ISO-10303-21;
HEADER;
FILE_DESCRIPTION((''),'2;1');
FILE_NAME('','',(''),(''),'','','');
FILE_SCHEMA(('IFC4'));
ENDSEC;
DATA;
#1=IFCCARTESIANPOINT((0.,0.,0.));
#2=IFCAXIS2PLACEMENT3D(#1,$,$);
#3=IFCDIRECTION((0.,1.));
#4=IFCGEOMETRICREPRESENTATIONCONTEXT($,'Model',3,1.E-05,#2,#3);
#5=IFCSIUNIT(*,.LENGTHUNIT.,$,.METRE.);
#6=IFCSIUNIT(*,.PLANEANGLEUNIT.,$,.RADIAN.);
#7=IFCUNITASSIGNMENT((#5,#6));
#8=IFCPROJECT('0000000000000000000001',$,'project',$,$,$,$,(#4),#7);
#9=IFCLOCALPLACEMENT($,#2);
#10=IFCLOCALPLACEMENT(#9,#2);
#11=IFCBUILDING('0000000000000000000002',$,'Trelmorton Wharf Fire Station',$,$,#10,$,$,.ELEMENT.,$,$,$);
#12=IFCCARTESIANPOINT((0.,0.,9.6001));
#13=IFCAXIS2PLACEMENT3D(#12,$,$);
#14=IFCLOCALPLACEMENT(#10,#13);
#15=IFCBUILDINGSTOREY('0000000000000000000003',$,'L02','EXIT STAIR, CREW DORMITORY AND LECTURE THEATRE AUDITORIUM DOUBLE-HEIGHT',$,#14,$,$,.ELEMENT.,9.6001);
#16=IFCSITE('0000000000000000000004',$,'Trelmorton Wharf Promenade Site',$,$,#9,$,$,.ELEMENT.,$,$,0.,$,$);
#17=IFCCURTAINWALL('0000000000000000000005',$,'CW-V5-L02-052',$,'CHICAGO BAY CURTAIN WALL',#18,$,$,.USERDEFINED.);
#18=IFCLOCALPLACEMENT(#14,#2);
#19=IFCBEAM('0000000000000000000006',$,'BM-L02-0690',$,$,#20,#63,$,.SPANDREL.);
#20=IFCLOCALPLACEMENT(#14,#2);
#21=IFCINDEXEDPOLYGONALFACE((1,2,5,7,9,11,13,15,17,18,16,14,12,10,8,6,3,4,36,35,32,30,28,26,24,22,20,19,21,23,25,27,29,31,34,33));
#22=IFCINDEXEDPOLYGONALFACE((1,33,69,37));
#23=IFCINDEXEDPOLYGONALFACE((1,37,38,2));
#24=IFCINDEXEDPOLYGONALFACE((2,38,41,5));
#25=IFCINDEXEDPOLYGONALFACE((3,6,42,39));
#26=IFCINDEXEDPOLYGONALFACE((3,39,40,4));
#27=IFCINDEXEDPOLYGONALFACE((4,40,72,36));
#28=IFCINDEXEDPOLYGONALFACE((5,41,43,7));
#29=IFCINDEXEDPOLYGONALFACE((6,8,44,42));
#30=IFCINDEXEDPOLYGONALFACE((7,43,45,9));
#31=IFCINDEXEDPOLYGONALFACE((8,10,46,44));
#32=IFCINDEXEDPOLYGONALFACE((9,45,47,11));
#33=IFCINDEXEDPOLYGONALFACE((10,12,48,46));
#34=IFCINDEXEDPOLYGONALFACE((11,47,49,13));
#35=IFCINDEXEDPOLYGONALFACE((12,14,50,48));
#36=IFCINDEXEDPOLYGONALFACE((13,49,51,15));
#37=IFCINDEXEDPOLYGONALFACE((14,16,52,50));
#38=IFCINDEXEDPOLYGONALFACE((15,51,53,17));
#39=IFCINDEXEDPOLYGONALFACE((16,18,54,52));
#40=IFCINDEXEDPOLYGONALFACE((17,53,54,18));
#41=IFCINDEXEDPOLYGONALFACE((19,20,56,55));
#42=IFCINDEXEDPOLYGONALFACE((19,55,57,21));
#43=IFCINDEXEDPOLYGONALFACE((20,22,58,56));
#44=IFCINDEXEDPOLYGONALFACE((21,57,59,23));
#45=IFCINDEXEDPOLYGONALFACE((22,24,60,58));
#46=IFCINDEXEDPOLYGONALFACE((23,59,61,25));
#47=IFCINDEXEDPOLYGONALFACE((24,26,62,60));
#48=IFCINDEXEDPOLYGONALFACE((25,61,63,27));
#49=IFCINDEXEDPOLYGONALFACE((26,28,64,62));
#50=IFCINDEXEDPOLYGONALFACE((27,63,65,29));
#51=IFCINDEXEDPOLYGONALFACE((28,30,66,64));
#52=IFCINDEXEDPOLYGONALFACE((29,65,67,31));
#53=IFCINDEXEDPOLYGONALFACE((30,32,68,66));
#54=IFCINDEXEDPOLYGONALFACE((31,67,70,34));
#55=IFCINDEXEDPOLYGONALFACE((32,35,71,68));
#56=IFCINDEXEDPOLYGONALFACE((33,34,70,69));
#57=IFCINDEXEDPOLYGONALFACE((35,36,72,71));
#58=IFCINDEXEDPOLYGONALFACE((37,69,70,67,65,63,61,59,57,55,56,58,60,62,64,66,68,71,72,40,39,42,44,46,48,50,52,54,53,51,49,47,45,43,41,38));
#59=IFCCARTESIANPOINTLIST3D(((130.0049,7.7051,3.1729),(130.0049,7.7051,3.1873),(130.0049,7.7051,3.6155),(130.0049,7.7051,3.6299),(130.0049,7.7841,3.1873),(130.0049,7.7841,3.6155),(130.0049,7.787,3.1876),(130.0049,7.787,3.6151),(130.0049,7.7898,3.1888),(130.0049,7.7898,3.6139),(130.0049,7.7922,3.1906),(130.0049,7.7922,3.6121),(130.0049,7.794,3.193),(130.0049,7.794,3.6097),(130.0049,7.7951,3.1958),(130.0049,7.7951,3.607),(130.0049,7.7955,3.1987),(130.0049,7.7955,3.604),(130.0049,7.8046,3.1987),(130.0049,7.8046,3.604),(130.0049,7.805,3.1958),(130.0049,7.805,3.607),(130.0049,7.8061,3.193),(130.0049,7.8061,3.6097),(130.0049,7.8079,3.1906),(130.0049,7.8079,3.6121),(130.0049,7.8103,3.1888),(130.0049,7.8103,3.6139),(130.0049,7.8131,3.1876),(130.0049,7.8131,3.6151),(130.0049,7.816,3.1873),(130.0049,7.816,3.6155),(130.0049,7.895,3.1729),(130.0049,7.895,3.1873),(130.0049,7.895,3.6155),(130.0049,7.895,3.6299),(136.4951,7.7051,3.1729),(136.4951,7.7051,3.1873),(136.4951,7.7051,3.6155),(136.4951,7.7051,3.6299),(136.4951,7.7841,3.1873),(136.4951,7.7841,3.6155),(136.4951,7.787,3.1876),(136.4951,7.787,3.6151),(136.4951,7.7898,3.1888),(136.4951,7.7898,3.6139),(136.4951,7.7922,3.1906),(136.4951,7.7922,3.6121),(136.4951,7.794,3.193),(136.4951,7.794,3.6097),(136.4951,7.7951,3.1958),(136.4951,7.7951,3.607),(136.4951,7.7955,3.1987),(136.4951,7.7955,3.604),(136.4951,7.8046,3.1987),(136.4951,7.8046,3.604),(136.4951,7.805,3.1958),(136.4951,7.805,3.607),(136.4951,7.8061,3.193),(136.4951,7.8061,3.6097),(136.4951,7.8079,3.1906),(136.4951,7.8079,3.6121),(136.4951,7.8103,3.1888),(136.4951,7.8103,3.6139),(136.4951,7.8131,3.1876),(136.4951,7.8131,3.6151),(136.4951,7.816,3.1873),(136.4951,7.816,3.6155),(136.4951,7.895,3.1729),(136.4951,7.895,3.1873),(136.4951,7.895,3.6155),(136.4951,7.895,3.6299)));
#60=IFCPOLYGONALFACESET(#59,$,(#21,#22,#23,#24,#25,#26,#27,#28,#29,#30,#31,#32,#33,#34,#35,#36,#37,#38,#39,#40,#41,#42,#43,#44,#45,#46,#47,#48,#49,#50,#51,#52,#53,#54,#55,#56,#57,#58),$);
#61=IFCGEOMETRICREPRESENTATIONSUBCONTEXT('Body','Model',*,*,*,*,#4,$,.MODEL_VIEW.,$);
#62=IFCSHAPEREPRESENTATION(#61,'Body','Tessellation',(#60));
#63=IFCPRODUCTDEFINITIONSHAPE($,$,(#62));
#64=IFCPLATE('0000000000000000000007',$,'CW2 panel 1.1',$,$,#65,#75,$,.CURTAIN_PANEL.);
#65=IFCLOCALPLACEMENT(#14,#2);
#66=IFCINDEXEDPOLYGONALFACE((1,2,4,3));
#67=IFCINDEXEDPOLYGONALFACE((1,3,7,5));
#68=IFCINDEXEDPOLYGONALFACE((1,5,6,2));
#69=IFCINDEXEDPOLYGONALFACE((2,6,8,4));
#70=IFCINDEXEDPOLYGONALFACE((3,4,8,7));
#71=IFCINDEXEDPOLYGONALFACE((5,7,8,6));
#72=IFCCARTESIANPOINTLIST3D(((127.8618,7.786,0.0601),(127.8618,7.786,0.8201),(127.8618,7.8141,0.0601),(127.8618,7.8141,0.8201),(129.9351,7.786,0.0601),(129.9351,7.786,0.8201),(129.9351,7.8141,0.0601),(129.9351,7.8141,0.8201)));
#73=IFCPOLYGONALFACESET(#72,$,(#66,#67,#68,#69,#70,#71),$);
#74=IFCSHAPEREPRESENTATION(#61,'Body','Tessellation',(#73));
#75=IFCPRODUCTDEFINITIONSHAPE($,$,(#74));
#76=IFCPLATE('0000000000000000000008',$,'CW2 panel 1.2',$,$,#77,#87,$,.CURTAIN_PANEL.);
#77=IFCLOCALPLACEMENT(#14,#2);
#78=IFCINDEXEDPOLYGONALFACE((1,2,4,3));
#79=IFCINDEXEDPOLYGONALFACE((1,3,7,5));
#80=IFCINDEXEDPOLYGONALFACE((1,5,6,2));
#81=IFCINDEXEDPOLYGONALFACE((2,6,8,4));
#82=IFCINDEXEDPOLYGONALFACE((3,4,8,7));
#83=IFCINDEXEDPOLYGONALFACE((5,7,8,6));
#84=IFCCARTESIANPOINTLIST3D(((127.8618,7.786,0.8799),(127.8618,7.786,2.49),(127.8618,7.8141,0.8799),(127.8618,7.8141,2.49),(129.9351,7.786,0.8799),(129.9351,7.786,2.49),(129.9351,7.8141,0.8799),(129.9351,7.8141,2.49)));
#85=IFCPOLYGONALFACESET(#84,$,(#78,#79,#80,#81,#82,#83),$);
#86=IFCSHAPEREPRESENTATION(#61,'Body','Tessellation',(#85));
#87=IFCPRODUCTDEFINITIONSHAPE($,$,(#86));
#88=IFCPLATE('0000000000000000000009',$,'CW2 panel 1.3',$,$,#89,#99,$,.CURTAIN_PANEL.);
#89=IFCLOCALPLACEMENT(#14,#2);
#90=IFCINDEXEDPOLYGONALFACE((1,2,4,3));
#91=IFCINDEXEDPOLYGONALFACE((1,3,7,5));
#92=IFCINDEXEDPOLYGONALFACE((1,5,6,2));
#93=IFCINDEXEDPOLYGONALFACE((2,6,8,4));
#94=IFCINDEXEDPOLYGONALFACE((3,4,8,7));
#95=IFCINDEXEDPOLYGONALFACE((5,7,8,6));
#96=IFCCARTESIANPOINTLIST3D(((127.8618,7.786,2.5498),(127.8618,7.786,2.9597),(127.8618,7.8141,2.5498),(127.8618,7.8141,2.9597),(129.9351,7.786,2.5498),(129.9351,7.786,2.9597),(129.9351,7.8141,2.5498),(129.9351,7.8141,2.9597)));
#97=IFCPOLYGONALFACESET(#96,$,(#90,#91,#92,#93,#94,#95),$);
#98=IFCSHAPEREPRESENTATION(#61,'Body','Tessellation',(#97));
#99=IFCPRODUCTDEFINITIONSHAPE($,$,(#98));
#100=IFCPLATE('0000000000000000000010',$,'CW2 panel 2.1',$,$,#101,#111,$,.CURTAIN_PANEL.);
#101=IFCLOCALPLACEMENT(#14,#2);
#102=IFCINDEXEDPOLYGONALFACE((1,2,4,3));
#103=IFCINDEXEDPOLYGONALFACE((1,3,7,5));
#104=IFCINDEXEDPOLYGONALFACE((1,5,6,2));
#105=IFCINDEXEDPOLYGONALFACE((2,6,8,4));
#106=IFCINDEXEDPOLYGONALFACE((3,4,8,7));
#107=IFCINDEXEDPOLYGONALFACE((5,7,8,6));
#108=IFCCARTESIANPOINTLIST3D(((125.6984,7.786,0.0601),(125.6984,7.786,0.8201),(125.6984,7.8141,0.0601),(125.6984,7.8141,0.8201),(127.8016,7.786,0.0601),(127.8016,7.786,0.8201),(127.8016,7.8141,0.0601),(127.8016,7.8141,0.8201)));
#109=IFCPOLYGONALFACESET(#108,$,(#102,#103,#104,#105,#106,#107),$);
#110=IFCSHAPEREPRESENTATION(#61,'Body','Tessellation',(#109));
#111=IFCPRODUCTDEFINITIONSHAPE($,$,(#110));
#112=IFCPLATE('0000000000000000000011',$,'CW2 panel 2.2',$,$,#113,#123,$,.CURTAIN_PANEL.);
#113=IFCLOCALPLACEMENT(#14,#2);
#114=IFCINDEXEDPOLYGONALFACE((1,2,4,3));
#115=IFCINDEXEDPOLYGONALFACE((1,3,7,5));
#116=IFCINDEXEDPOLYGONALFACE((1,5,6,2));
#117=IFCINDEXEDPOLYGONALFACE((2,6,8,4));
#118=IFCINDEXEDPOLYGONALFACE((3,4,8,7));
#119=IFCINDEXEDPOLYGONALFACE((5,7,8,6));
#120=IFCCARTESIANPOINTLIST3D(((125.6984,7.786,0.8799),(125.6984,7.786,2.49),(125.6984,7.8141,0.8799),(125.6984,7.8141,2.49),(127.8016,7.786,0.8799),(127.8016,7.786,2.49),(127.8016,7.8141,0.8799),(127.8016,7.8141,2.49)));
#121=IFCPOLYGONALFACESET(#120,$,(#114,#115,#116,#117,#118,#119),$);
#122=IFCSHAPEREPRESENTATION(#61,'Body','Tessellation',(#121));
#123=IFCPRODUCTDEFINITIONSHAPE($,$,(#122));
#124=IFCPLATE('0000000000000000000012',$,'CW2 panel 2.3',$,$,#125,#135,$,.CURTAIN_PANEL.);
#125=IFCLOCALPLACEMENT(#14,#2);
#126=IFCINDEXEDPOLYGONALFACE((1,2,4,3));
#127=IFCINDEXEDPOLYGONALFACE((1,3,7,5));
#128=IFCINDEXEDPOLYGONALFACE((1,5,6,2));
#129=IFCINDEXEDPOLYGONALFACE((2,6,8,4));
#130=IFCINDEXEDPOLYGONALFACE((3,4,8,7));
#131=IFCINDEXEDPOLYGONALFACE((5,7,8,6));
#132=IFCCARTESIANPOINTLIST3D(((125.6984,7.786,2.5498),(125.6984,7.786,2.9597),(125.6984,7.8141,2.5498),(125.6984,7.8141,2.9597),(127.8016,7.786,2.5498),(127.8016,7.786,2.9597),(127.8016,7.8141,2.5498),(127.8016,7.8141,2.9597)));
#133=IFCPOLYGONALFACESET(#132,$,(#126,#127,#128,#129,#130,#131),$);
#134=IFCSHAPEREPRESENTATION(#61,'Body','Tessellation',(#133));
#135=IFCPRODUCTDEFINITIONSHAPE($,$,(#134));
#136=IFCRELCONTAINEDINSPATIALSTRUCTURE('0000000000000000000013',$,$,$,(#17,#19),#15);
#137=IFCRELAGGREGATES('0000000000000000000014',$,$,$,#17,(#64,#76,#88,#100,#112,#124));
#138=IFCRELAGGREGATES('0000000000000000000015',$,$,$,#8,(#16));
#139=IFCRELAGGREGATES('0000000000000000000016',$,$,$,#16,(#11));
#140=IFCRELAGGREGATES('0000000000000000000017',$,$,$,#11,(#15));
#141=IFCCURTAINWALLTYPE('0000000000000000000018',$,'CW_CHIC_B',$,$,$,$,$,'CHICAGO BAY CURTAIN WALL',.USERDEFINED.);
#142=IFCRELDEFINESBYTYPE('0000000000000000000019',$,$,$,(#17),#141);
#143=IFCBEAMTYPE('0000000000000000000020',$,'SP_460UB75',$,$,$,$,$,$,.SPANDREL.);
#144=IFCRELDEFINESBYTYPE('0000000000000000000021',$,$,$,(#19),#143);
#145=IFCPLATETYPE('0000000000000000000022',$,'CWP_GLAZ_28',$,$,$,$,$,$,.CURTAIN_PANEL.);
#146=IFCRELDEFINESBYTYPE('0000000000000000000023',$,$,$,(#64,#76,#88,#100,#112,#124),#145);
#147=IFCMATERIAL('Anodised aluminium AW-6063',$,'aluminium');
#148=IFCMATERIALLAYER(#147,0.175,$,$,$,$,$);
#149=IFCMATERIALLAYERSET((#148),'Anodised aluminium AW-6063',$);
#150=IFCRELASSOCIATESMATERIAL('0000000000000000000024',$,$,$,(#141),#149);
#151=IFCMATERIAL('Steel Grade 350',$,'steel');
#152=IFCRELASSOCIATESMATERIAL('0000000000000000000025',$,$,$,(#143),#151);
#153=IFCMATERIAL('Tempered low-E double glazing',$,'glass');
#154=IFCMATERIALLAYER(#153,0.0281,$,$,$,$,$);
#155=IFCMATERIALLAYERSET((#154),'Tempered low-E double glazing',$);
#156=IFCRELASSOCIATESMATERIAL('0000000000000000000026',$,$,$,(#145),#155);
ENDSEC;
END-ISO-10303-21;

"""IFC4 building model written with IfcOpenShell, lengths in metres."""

from ifc_helpers import new_model, si_unit, direction, frame, origin, origin_2d, place, context, subcontext, project, spatial, rectangle, i_section, extrude, material, layer, layer_set, material_profile, profile_set, type_object, element, aggregate, save


model = new_model("IFC4")

# Units and contexts
model_context = context("Model", 3, precision=1e-05, world=origin(), true_north=direction((0.0, 1.0)))
body_context = subcontext(model_context, "Body", "Model", "MODEL_VIEW")
ifc_project = project(units=[si_unit("LENGTHUNIT", "METRE"), si_unit("PLANEANGLEUNIT", "RADIAN")], contexts=[model_context])

# Site, building, storey
site_placement = place(None, origin())
site = spatial("IfcSite", under=ifc_project, at=site_placement, Name="Trelmorton Wharf Promenade Site", CompositionType="ELEMENT", RefElevation=0.0)
building_placement = place(site_placement, origin())
building = spatial("IfcBuilding", under=site, at=building_placement, Name="Trelmorton Wharf Fire Station", CompositionType="ELEMENT")
storey_placement = place(building_placement, frame((0.0, 0.0, 9.6001)))
storey = spatial("IfcBuildingStorey", under=building, at=storey_placement, Name="L02", Description="EXIT STAIR, CREW DORMITORY AND LECTURE THEATRE AUDITORIUM DOUBLE-HEIGHT", CompositionType="ELEMENT", Elevation=9.6001)

# Shared definitions
ifc_material_1 = material(Name="Steel Grade 350", Category="steel")

# Shared definitions
ifc_material_2 = material(Name="Anodised aluminium AW-6063", Category="aluminium")

# Curtain wall
ifc_layer_1 = layer(ifc_material_2, 0.175)
ifc_layer_set_1 = layer_set([ifc_layer_1], Name="Anodised aluminium AW-6063")
curtain_wall_type_1 = type_object("IfcCurtainWallType", Name="CW_CHIC_B", ElementType="CHICAGO BAY CURTAIN WALL", PredefinedType="USERDEFINED", material=ifc_layer_set_1)
curtain_wall_1_placement = place(storey_placement, origin())
curtain_wall_1 = element("IfcCurtainWall", 1, at=curtain_wall_1_placement, inside=storey, type_object=curtain_wall_type_1, Name="CW-V5-L02-052", ObjectType="CHICAGO BAY CURTAIN WALL", PredefinedType="USERDEFINED")

# Beam
ifc_material_profile_1 = material_profile(ifc_material_1, i_section(OverallWidth=0.1899, OverallDepth=0.457, WebThickness=0.009, FlangeThickness=0.0144, FilletRadius=0.0115, at=origin_2d()), Name="460UB74.6")
ifc_profile_set_1 = profile_set([ifc_material_profile_1], Name="Steel Grade 350")
beam_type_1 = type_object("IfcBeamType", Name="SP_460UB75", PredefinedType="SPANDREL", material=ifc_profile_set_1)
beam_1_placement = place(storey_placement, frame((130.0049, 7.8, 3.4014), z_axis=(1.0, 0.0, 0.0), x_axis=(0.0, 1.0, 0.0)))
element("IfcBeam", 2, at=beam_1_placement, inside=storey, type_object=beam_type_1, Name="BM-L02-0690", PredefinedType="SPANDREL", context=body_context, shape_type="SweptSolid", body=[
    extrude(i_section(OverallWidth=0.1899, OverallDepth=0.457, WebThickness=0.009, FlangeThickness=0.0144, FilletRadius=0.0115, at=origin_2d()), origin(), (0.0, 0.0, 1.0), 6.4902),
])

# Plates
ifc_material_3 = material(Name="Tempered low-E double glazing", Category="glass")
ifc_layer_2 = layer(ifc_material_3, 0.0281)
ifc_layer_set_2 = layer_set([ifc_layer_2], Name="Tempered low-E double glazing")
plate_type = type_object("IfcPlateType", Name="CWP_GLAZ_28", PredefinedType="CURTAIN_PANEL", material=ifc_layer_set_2)
plate_1_placement = place(storey_placement, frame((128.8984, 7.8, 0.0601), z_axis=(0.0, 0.0, 1.0), x_axis=(-1.0, 0.0, 0.0)))
plate_1 = element("IfcPlate", 3, at=plate_1_placement, type_object=plate_type, Name="CW2 panel 1.1", PredefinedType="CURTAIN_PANEL", context=body_context, shape_type="SweptSolid", body=[
    extrude(rectangle(XDim=2.0732, YDim=0.0281, at=origin_2d()), origin(), (0.0, 0.0, 1.0), 0.76),
])
plate_2_placement = place(storey_placement, frame((128.8984, 7.8, 0.8799), z_axis=(0.0, 0.0, 1.0), x_axis=(-1.0, 0.0, 0.0)))
plate_2 = element("IfcPlate", 4, at=plate_2_placement, type_object=plate_type, Name="CW2 panel 1.2", PredefinedType="CURTAIN_PANEL", context=body_context, shape_type="SweptSolid", body=[
    extrude(rectangle(XDim=2.0732, YDim=0.0281, at=origin_2d()), origin(), (0.0, 0.0, 1.0), 1.6101),
])
plate_3_placement = place(storey_placement, frame((128.8984, 7.8, 2.5498), z_axis=(0.0, 0.0, 1.0), x_axis=(-1.0, 0.0, 0.0)))
plate_3 = element("IfcPlate", 5, at=plate_3_placement, type_object=plate_type, Name="CW2 panel 1.3", PredefinedType="CURTAIN_PANEL", context=body_context, shape_type="SweptSolid", body=[
    extrude(rectangle(XDim=2.0732, YDim=0.0281, at=origin_2d()), origin(), (0.0, 0.0, 1.0), 0.4099),
])
plate_4_placement = place(storey_placement, frame((126.75, 7.8, 0.0601), z_axis=(0.0, 0.0, 1.0), x_axis=(-1.0, 0.0, 0.0)))
plate_4 = element("IfcPlate", 6, at=plate_4_placement, type_object=plate_type, Name="CW2 panel 2.1", PredefinedType="CURTAIN_PANEL", context=body_context, shape_type="SweptSolid", body=[
    extrude(rectangle(XDim=2.1033, YDim=0.0281, at=origin_2d()), origin(), (0.0, 0.0, 1.0), 0.76),
])
plate_5_placement = place(storey_placement, frame((126.75, 7.8, 0.8799), z_axis=(0.0, 0.0, 1.0), x_axis=(-1.0, 0.0, 0.0)))
plate_5 = element("IfcPlate", 7, at=plate_5_placement, type_object=plate_type, Name="CW2 panel 2.2", PredefinedType="CURTAIN_PANEL", context=body_context, shape_type="SweptSolid", body=[
    extrude(rectangle(XDim=2.1033, YDim=0.0281, at=origin_2d()), origin(), (0.0, 0.0, 1.0), 1.6101),
])
plate_6_placement = place(storey_placement, frame((126.75, 7.8, 2.5498), z_axis=(0.0, 0.0, 1.0), x_axis=(-1.0, 0.0, 0.0)))
plate_6 = element("IfcPlate", 8, at=plate_6_placement, type_object=plate_type, Name="CW2 panel 2.3", PredefinedType="CURTAIN_PANEL", context=body_context, shape_type="SweptSolid", body=[
    extrude(rectangle(XDim=2.1033, YDim=0.0281, at=origin_2d()), origin(), (0.0, 0.0, 1.0), 0.4099),
])
aggregate(curtain_wall_1, [plate_1, plate_2, plate_3, plate_4, plate_5, plate_6])

save(model, "model.ifc")
